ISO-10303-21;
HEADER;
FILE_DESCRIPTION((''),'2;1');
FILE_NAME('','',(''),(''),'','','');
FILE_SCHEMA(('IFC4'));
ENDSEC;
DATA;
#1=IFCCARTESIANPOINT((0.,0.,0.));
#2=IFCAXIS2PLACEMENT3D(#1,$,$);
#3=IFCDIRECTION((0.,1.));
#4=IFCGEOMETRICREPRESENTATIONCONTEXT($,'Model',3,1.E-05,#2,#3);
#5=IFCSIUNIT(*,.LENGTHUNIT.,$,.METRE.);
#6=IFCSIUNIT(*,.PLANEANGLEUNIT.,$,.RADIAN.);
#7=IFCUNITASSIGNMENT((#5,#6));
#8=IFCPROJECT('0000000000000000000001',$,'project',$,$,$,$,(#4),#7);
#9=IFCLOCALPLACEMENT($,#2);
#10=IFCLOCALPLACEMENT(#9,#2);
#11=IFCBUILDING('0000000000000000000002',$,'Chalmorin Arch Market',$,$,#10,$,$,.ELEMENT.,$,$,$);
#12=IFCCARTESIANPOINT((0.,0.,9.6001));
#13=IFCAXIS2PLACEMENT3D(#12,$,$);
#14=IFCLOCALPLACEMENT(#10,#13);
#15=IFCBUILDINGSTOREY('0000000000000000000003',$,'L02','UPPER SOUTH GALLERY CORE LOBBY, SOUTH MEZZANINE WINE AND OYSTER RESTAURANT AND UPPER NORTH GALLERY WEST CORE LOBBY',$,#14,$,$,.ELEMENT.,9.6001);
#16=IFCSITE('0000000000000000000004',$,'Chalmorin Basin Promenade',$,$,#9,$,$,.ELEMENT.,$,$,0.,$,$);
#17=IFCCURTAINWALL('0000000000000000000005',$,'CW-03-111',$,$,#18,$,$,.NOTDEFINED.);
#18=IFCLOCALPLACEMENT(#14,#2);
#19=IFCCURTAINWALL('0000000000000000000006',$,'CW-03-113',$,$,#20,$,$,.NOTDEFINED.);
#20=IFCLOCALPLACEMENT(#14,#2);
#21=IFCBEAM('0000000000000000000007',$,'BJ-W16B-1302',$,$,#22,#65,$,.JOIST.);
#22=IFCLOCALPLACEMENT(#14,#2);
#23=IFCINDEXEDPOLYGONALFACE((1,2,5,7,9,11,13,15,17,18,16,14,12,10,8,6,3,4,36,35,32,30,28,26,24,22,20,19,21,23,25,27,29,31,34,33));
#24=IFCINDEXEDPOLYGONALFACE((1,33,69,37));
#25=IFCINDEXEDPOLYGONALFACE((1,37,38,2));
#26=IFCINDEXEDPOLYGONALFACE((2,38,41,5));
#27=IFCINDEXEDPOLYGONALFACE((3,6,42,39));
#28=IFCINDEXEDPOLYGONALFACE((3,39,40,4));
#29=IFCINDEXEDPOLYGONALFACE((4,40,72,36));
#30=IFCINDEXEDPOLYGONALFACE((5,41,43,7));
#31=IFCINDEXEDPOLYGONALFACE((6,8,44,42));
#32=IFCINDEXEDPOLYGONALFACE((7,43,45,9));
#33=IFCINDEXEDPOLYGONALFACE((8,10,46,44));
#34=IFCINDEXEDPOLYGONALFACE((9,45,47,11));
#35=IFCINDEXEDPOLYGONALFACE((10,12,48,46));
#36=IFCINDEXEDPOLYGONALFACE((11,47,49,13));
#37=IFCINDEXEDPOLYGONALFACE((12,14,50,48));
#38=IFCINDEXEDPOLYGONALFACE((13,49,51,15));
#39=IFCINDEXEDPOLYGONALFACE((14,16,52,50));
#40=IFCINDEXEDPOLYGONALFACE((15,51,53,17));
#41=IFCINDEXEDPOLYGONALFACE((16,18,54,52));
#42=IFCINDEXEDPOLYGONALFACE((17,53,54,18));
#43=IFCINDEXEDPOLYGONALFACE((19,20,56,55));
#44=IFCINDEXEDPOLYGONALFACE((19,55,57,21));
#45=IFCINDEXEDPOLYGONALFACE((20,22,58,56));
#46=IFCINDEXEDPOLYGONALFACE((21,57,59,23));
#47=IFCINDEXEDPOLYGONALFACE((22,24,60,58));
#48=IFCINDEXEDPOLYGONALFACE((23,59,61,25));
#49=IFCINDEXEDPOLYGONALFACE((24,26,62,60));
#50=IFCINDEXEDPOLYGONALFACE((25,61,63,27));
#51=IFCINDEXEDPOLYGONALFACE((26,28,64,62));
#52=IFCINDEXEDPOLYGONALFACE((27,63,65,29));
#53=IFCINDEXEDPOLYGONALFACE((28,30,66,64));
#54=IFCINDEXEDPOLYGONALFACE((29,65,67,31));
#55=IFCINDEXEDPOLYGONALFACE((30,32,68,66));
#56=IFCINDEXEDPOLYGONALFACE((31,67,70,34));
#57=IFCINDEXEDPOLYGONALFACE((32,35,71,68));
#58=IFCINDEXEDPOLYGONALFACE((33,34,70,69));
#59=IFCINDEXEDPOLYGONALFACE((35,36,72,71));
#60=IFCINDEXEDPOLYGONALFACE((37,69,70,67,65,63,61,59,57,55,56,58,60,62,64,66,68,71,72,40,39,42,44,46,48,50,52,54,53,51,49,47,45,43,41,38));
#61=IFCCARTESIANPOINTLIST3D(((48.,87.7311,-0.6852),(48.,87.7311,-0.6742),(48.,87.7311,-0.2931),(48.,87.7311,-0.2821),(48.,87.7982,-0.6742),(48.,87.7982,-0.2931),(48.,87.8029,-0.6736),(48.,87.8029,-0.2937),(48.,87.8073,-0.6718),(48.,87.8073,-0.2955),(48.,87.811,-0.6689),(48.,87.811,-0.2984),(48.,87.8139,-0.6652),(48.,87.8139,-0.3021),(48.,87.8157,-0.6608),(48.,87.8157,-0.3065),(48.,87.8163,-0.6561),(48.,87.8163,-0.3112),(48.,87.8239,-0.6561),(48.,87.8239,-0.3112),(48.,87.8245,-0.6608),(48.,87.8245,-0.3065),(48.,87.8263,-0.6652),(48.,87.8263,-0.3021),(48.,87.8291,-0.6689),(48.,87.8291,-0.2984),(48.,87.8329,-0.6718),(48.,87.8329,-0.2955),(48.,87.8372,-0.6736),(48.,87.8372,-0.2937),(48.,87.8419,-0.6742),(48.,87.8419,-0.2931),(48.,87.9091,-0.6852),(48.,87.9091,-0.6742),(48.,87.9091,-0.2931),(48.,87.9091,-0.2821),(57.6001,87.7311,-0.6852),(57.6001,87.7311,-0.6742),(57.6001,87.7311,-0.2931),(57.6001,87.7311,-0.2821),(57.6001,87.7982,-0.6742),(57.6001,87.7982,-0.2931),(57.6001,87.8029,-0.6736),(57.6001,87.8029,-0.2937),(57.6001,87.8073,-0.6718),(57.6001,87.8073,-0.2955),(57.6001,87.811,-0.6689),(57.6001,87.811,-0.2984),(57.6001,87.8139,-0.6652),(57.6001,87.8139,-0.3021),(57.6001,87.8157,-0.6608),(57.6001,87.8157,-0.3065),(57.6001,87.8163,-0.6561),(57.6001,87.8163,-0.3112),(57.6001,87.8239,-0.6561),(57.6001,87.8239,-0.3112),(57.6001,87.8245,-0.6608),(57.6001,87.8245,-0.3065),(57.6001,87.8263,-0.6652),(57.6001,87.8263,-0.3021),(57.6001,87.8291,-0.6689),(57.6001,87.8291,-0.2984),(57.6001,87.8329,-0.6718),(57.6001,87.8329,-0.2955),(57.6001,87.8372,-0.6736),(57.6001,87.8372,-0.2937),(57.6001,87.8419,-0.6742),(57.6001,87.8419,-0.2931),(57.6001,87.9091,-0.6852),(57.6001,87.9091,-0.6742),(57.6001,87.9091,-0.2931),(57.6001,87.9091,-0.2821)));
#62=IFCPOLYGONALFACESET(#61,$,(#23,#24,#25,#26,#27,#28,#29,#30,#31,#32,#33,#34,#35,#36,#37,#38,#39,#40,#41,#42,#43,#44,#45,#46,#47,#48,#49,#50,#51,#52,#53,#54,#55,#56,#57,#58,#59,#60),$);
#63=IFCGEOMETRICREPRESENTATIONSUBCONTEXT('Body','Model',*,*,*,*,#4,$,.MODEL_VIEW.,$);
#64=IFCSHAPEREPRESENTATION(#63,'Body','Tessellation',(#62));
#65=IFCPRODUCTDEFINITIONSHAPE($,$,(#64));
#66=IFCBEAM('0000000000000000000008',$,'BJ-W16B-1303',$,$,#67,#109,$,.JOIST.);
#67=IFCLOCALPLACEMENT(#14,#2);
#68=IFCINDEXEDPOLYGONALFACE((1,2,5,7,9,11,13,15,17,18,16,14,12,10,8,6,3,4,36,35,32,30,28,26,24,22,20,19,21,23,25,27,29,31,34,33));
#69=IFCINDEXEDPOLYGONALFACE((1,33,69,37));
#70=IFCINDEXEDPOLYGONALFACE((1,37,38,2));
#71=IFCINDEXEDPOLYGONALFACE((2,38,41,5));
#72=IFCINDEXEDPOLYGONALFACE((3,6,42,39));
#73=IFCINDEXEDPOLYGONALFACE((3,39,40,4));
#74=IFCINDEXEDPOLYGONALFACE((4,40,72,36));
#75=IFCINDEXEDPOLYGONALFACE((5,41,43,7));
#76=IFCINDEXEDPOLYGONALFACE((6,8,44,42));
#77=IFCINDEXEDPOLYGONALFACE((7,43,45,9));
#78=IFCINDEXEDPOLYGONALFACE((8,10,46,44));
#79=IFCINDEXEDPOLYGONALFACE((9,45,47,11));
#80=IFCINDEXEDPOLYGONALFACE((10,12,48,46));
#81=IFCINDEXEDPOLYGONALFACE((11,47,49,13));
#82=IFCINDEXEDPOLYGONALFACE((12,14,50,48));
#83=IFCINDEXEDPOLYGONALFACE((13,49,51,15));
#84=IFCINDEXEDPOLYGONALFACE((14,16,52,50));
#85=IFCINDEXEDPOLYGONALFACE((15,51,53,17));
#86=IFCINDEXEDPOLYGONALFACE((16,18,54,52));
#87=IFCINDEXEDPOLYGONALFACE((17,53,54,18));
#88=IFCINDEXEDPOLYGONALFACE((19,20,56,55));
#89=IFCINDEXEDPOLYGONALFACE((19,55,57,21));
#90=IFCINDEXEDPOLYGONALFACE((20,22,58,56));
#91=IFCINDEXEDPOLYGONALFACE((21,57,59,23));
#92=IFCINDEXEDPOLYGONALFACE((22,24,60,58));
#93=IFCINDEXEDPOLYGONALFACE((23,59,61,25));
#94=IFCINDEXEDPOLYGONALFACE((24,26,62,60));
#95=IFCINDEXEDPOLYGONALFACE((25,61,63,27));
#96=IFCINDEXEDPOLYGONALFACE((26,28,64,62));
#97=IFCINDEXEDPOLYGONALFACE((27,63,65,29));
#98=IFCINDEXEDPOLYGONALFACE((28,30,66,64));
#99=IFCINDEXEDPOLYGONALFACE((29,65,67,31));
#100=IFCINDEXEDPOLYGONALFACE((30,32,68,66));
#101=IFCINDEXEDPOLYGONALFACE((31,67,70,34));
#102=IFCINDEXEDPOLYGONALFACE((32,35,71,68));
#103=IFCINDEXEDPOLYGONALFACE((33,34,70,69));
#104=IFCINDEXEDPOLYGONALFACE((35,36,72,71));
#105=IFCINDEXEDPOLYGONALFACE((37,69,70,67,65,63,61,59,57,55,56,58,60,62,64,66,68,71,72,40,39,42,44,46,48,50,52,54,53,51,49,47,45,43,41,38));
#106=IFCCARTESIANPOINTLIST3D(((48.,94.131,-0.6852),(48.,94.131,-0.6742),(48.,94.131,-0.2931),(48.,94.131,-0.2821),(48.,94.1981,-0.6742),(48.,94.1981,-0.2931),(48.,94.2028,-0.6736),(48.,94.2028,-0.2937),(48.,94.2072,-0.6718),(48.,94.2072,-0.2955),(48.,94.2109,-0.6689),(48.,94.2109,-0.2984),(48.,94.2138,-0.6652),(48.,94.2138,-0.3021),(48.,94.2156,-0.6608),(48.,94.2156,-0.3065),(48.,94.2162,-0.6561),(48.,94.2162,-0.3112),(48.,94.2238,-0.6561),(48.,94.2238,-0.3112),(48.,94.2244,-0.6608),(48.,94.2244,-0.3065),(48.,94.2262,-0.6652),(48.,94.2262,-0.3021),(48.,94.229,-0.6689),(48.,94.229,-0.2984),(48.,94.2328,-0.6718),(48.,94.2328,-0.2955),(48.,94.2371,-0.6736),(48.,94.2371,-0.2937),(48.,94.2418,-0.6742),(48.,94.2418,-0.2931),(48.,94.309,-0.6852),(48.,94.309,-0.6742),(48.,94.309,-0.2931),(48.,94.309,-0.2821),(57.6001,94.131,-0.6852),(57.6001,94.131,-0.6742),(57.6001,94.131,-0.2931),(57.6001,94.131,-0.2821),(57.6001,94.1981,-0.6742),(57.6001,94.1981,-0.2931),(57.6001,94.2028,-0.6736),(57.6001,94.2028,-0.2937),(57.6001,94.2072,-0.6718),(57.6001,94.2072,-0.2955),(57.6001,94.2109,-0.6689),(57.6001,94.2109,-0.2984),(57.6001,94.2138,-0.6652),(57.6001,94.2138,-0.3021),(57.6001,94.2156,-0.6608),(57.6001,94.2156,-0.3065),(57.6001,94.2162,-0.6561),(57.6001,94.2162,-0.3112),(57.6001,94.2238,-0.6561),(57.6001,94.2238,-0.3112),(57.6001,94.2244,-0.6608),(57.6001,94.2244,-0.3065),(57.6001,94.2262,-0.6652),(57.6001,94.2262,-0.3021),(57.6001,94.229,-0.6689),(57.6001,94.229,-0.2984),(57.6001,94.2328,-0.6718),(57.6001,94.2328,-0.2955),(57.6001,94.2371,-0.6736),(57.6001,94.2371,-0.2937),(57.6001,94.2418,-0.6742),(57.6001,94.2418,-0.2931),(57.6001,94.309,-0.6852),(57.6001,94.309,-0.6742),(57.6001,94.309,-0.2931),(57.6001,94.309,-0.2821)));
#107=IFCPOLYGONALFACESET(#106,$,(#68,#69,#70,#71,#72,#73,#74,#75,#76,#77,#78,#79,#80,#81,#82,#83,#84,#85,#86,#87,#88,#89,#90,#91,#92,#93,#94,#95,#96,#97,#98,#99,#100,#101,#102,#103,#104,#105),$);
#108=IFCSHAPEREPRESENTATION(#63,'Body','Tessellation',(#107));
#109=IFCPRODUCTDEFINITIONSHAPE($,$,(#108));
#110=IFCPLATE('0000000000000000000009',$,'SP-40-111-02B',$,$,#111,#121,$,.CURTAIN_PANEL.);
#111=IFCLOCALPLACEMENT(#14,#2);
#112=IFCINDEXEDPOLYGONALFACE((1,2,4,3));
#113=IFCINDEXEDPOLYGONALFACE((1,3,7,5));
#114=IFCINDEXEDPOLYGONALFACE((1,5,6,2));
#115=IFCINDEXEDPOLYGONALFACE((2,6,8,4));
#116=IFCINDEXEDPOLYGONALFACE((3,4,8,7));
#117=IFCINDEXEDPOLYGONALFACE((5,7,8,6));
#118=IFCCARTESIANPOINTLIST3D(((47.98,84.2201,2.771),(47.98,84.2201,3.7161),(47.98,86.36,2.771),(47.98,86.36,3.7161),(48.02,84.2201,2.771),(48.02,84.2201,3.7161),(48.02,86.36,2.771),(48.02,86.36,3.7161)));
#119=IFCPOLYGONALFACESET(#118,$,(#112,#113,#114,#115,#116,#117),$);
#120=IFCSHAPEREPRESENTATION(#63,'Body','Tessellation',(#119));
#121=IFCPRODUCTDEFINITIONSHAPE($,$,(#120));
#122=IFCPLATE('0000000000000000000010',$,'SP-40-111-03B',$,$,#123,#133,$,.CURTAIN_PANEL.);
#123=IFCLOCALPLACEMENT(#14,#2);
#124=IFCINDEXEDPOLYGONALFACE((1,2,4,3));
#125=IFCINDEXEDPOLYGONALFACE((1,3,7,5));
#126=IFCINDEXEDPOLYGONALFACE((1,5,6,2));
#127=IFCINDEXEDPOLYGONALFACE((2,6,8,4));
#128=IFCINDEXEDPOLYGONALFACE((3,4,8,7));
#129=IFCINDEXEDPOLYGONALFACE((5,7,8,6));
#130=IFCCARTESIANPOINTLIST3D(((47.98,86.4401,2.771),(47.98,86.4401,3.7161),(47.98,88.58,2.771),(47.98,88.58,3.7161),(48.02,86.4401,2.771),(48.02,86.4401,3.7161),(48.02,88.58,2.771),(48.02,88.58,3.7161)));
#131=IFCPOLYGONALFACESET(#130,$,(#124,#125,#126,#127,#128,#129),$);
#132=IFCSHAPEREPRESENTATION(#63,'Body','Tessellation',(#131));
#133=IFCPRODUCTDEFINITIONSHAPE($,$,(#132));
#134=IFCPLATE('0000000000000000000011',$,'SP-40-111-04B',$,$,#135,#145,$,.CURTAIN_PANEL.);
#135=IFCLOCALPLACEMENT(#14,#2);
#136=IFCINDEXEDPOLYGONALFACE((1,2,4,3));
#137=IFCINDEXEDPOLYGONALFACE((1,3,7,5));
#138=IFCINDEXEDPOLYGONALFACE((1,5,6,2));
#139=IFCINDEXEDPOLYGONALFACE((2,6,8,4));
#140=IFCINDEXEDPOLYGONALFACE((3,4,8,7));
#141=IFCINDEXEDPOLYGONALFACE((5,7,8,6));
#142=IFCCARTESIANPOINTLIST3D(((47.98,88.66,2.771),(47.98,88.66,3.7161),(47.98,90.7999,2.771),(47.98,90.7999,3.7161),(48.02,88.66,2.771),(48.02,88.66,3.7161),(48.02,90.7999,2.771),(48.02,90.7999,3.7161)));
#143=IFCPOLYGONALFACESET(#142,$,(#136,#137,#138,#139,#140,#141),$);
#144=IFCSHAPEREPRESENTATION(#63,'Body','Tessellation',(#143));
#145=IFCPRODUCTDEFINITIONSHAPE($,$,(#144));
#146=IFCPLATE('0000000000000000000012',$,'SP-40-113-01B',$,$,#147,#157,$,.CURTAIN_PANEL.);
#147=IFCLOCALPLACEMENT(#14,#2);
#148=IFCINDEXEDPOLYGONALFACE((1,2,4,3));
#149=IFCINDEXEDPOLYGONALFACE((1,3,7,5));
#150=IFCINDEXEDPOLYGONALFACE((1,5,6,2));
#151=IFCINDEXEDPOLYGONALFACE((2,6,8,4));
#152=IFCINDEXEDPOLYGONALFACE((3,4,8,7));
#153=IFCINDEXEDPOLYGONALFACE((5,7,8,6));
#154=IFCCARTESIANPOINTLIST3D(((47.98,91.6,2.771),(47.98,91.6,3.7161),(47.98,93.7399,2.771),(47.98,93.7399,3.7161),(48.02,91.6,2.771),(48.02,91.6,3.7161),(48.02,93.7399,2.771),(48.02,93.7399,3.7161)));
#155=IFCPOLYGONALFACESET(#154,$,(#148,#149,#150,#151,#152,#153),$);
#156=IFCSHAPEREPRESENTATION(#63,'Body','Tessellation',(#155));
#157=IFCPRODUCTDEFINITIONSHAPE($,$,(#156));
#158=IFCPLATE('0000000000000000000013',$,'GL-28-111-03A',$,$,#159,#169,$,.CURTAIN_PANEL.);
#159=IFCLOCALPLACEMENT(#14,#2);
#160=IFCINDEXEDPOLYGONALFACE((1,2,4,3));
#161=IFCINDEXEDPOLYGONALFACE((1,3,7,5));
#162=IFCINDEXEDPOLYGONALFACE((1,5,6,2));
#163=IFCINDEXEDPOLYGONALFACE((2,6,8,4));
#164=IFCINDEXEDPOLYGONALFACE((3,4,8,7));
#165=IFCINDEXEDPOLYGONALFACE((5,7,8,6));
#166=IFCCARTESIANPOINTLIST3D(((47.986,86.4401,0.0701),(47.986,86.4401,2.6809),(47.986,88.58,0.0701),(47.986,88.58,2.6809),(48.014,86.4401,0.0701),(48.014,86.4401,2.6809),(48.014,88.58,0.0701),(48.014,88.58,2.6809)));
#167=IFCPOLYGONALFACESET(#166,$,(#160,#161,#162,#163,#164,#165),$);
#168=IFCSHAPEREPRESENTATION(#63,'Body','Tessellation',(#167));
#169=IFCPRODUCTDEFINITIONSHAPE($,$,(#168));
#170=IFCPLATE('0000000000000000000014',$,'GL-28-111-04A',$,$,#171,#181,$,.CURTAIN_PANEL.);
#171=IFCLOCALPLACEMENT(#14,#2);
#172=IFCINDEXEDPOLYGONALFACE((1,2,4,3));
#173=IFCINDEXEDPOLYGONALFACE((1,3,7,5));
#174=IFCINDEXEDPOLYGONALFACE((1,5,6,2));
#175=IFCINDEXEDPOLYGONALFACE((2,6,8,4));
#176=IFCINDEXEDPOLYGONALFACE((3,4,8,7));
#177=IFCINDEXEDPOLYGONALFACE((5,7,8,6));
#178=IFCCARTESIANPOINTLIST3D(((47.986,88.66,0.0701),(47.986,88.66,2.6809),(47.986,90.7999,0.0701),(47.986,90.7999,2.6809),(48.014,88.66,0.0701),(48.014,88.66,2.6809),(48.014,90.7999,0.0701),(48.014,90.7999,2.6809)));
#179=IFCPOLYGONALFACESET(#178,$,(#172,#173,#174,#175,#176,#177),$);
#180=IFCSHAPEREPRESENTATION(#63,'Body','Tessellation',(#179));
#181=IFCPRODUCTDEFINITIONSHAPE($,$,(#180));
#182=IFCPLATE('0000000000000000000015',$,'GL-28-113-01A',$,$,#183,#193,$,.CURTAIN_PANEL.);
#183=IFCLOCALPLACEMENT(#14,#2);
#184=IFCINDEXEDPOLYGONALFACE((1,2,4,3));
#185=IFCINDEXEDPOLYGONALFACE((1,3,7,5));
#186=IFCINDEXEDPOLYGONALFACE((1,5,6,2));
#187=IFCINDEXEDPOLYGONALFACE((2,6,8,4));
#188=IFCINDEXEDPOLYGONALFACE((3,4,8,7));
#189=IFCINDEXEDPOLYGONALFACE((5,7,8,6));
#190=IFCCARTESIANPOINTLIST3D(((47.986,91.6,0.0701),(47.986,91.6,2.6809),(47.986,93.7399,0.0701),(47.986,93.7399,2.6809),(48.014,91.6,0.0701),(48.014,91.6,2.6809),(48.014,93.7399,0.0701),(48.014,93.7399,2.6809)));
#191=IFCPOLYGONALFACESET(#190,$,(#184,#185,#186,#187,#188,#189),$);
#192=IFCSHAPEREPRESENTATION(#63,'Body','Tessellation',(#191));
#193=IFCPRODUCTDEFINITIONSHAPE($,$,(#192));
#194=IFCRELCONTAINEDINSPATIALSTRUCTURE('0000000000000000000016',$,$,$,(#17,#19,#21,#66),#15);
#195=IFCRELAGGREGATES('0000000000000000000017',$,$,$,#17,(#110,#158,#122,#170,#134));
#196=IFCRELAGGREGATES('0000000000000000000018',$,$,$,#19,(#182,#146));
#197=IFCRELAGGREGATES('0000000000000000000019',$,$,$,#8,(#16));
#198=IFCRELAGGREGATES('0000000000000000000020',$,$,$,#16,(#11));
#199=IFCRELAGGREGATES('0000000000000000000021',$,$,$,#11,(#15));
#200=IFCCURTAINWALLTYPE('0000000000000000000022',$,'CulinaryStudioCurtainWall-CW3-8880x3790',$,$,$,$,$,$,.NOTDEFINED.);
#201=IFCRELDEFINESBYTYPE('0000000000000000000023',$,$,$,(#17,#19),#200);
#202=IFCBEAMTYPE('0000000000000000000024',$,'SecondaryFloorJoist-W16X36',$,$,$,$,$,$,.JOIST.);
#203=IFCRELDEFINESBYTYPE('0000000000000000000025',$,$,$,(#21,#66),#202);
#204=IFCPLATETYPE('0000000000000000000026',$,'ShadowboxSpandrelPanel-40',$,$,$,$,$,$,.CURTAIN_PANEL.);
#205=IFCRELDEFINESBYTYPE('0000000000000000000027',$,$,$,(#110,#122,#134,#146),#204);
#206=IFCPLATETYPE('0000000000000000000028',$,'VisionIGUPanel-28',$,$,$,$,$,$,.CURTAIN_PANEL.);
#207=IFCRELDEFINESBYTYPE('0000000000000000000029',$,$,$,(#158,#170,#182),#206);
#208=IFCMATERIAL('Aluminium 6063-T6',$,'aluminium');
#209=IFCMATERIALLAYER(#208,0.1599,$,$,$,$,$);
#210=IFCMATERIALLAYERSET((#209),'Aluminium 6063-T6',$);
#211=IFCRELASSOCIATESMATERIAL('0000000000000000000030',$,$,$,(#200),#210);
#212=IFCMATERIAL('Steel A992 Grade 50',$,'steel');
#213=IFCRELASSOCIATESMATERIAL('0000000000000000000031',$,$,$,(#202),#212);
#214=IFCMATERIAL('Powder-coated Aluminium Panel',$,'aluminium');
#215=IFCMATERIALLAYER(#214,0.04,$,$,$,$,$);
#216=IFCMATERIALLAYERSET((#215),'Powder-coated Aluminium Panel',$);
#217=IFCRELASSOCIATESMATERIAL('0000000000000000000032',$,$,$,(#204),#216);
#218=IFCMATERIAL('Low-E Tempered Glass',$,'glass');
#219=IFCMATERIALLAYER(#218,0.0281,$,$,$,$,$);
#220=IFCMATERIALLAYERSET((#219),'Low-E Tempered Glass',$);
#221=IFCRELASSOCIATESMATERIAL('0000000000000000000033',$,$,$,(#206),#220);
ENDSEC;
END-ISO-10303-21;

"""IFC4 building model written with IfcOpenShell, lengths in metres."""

from ifc_helpers import new_model, si_unit, direction, frame, origin, origin_2d, place, context, subcontext, project, spatial, rectangle, i_section, extrude, material, layer, layer_set, material_profile, profile_set, type_object, element, aggregate, save


model = new_model("IFC4")

# Units and contexts
model_context = context("Model", 3, precision=1e-05, world=origin(), true_north=direction((0.0, 1.0)))
body_context = subcontext(model_context, "Body", "Model", "MODEL_VIEW")
ifc_project = project(units=[si_unit("LENGTHUNIT", "METRE"), si_unit("PLANEANGLEUNIT", "RADIAN")], contexts=[model_context])

# Site, building, storey
site_placement = place(None, origin())
site = spatial("IfcSite", under=ifc_project, at=site_placement, Name="Chalmorin Basin Promenade", CompositionType="ELEMENT", RefElevation=0.0)
building_placement = place(site_placement, origin())
building = spatial("IfcBuilding", under=site, at=building_placement, Name="Chalmorin Arch Market", CompositionType="ELEMENT")
storey_placement = place(building_placement, frame((0.0, 0.0, 9.6001)))
storey = spatial("IfcBuildingStorey", under=building, at=storey_placement, Name="L02", Description="UPPER SOUTH GALLERY CORE LOBBY, SOUTH MEZZANINE WINE AND OYSTER RESTAURANT AND UPPER NORTH GALLERY WEST CORE LOBBY", CompositionType="ELEMENT", Elevation=9.6001)

# Curtain walls
ifc_material_1 = material(Name="Aluminium 6063-T6", Category="aluminium")
ifc_layer_1 = layer(ifc_material_1, 0.1599)
ifc_layer_set_1 = layer_set([ifc_layer_1], Name="Aluminium 6063-T6")
curtain_wall_type = type_object("IfcCurtainWallType", Name="CulinaryStudioCurtainWall-CW3-8880x3790", PredefinedType="NOTDEFINED", material=ifc_layer_set_1)
curtain_wall_1_placement = place(storey_placement, origin())
curtain_wall_1 = element("IfcCurtainWall", 1, at=curtain_wall_1_placement, inside=storey, type_object=curtain_wall_type, Name="CW-03-111", PredefinedType="NOTDEFINED")
curtain_wall_2_placement = place(storey_placement, origin())
curtain_wall_2 = element("IfcCurtainWall", 2, at=curtain_wall_2_placement, inside=storey, type_object=curtain_wall_type, Name="CW-03-113", PredefinedType="NOTDEFINED")

# Beams
ifc_material_2 = material(Name="Steel A992 Grade 50", Category="steel")
ifc_material_profile_1 = material_profile(ifc_material_2, i_section(OverallWidth=0.178, OverallDepth=0.4031, WebThickness=0.0076, FlangeThickness=0.011, FilletRadius=0.0181, at=origin_2d()), Name="W16X36")
ifc_profile_set_1 = profile_set([ifc_material_profile_1], Name="Steel A992 Grade 50")
beam_type_1 = type_object("IfcBeamType", Name="SecondaryFloorJoist-W16X36", PredefinedType="JOIST", material=ifc_profile_set_1)
for number, where, z_axis, x_axis, name in (
    (3, (48.0, 87.8201, -0.4836), (1.0, 0.0, 0.0), (0.0, 1.0, 0.0), "BJ-W16B-1302"),
    (4, (48.0, 94.22, -0.4836), (1.0, 0.0, 0.0), (0.0, 1.0, 0.0), "BJ-W16B-1303"),
):
    element("IfcBeam", number, at=place(storey_placement, frame(where, z_axis=z_axis, x_axis=x_axis)), inside=storey, type_object=beam_type_1, Name=name, PredefinedType="JOIST", context=body_context, shape_type="SweptSolid", body=[
        extrude(i_section(OverallWidth=0.178, OverallDepth=0.4031, WebThickness=0.0076, FlangeThickness=0.011, FilletRadius=0.0181, at=origin_2d()), origin(), (0.0, 0.0, 1.0), 9.6001),
    ])

# Plates
ifc_material_3 = material(Name="Powder-coated Aluminium Panel", Category="aluminium")
ifc_layer_2 = layer(ifc_material_3, 0.04)
ifc_layer_set_2 = layer_set([ifc_layer_2], Name="Powder-coated Aluminium Panel")
plate_type_1 = type_object("IfcPlateType", Name="ShadowboxSpandrelPanel-40", PredefinedType="CURTAIN_PANEL", material=ifc_layer_set_2)
plate_1_placement = place(storey_placement, frame((48.0, 85.29, 2.771), z_axis=(0.0, 0.0, 1.0), x_axis=(0.0, 1.0, 0.0)))
plate_1 = element("IfcPlate", 5, at=plate_1_placement, type_object=plate_type_1, Name="SP-40-111-02B", PredefinedType="CURTAIN_PANEL", context=body_context, shape_type="SweptSolid", body=[
    extrude(rectangle(XDim=2.1399, YDim=0.04, at=origin_2d()), origin(), (0.0, 0.0, 1.0), 0.9451),
])
plate_2_placement = place(storey_placement, frame((48.0, 87.51, 2.771), z_axis=(0.0, 0.0, 1.0), x_axis=(0.0, 1.0, 0.0)))
plate_2 = element("IfcPlate", 6, at=plate_2_placement, type_object=plate_type_1, Name="SP-40-111-03B", PredefinedType="CURTAIN_PANEL", context=body_context, shape_type="SweptSolid", body=[
    extrude(rectangle(XDim=2.1399, YDim=0.04, at=origin_2d()), origin(), (0.0, 0.0, 1.0), 0.9451),
])
plate_3_placement = place(storey_placement, frame((48.0, 89.73, 2.771), z_axis=(0.0, 0.0, 1.0), x_axis=(0.0, 1.0, 0.0)))
plate_3 = element("IfcPlate", 7, at=plate_3_placement, type_object=plate_type_1, Name="SP-40-111-04B", PredefinedType="CURTAIN_PANEL", context=body_context, shape_type="SweptSolid", body=[
    extrude(rectangle(XDim=2.1399, YDim=0.04, at=origin_2d()), origin(), (0.0, 0.0, 1.0), 0.9451),
])
plate_4_placement = place(storey_placement, frame((48.0, 92.6699, 2.771), z_axis=(0.0, 0.0, 1.0), x_axis=(0.0, 1.0, 0.0)))
plate_4 = element("IfcPlate", 8, at=plate_4_placement, type_object=plate_type_1, Name="SP-40-113-01B", PredefinedType="CURTAIN_PANEL", context=body_context, shape_type="SweptSolid", body=[
    extrude(rectangle(XDim=2.1399, YDim=0.04, at=origin_2d()), origin(), (0.0, 0.0, 1.0), 0.9451),
])
ifc_material_4 = material(Name="Low-E Tempered Glass", Category="glass")
ifc_layer_3 = layer(ifc_material_4, 0.0281)
ifc_layer_set_3 = layer_set([ifc_layer_3], Name="Low-E Tempered Glass")
plate_type_2 = type_object("IfcPlateType", Name="VisionIGUPanel-28", PredefinedType="CURTAIN_PANEL", material=ifc_layer_set_3)
plate_5_placement = place(storey_placement, frame((48.0, 87.51, 0.0701), z_axis=(0.0, 0.0, 1.0), x_axis=(0.0, 1.0, 0.0)))
plate_5 = element("IfcPlate", 9, at=plate_5_placement, type_object=plate_type_2, Name="GL-28-111-03A", PredefinedType="CURTAIN_PANEL", context=body_context, shape_type="SweptSolid", body=[
    extrude(rectangle(XDim=2.1399, YDim=0.0281, at=origin_2d()), origin(), (0.0, 0.0, 1.0), 2.6108),
])
plate_6_placement = place(storey_placement, frame((48.0, 89.73, 0.0701), z_axis=(0.0, 0.0, 1.0), x_axis=(0.0, 1.0, 0.0)))
plate_6 = element("IfcPlate", 10, at=plate_6_placement, type_object=plate_type_2, Name="GL-28-111-04A", PredefinedType="CURTAIN_PANEL", context=body_context, shape_type="SweptSolid", body=[
    extrude(rectangle(XDim=2.1399, YDim=0.0281, at=origin_2d()), origin(), (0.0, 0.0, 1.0), 2.6108),
])
aggregate(curtain_wall_1, [plate_1, plate_5, plate_2, plate_6, plate_3])
plate_7_placement = place(storey_placement, frame((48.0, 92.6699, 0.0701), z_axis=(0.0, 0.0, 1.0), x_axis=(0.0, 1.0, 0.0)))
plate_7 = element("IfcPlate", 11, at=plate_7_placement, type_object=plate_type_2, Name="GL-28-113-01A", PredefinedType="CURTAIN_PANEL", context=body_context, shape_type="SweptSolid", body=[
    extrude(rectangle(XDim=2.1399, YDim=0.0281, at=origin_2d()), origin(), (0.0, 0.0, 1.0), 2.6108),
])
aggregate(curtain_wall_2, [plate_7, plate_4])

save(model, "model.ifc")
